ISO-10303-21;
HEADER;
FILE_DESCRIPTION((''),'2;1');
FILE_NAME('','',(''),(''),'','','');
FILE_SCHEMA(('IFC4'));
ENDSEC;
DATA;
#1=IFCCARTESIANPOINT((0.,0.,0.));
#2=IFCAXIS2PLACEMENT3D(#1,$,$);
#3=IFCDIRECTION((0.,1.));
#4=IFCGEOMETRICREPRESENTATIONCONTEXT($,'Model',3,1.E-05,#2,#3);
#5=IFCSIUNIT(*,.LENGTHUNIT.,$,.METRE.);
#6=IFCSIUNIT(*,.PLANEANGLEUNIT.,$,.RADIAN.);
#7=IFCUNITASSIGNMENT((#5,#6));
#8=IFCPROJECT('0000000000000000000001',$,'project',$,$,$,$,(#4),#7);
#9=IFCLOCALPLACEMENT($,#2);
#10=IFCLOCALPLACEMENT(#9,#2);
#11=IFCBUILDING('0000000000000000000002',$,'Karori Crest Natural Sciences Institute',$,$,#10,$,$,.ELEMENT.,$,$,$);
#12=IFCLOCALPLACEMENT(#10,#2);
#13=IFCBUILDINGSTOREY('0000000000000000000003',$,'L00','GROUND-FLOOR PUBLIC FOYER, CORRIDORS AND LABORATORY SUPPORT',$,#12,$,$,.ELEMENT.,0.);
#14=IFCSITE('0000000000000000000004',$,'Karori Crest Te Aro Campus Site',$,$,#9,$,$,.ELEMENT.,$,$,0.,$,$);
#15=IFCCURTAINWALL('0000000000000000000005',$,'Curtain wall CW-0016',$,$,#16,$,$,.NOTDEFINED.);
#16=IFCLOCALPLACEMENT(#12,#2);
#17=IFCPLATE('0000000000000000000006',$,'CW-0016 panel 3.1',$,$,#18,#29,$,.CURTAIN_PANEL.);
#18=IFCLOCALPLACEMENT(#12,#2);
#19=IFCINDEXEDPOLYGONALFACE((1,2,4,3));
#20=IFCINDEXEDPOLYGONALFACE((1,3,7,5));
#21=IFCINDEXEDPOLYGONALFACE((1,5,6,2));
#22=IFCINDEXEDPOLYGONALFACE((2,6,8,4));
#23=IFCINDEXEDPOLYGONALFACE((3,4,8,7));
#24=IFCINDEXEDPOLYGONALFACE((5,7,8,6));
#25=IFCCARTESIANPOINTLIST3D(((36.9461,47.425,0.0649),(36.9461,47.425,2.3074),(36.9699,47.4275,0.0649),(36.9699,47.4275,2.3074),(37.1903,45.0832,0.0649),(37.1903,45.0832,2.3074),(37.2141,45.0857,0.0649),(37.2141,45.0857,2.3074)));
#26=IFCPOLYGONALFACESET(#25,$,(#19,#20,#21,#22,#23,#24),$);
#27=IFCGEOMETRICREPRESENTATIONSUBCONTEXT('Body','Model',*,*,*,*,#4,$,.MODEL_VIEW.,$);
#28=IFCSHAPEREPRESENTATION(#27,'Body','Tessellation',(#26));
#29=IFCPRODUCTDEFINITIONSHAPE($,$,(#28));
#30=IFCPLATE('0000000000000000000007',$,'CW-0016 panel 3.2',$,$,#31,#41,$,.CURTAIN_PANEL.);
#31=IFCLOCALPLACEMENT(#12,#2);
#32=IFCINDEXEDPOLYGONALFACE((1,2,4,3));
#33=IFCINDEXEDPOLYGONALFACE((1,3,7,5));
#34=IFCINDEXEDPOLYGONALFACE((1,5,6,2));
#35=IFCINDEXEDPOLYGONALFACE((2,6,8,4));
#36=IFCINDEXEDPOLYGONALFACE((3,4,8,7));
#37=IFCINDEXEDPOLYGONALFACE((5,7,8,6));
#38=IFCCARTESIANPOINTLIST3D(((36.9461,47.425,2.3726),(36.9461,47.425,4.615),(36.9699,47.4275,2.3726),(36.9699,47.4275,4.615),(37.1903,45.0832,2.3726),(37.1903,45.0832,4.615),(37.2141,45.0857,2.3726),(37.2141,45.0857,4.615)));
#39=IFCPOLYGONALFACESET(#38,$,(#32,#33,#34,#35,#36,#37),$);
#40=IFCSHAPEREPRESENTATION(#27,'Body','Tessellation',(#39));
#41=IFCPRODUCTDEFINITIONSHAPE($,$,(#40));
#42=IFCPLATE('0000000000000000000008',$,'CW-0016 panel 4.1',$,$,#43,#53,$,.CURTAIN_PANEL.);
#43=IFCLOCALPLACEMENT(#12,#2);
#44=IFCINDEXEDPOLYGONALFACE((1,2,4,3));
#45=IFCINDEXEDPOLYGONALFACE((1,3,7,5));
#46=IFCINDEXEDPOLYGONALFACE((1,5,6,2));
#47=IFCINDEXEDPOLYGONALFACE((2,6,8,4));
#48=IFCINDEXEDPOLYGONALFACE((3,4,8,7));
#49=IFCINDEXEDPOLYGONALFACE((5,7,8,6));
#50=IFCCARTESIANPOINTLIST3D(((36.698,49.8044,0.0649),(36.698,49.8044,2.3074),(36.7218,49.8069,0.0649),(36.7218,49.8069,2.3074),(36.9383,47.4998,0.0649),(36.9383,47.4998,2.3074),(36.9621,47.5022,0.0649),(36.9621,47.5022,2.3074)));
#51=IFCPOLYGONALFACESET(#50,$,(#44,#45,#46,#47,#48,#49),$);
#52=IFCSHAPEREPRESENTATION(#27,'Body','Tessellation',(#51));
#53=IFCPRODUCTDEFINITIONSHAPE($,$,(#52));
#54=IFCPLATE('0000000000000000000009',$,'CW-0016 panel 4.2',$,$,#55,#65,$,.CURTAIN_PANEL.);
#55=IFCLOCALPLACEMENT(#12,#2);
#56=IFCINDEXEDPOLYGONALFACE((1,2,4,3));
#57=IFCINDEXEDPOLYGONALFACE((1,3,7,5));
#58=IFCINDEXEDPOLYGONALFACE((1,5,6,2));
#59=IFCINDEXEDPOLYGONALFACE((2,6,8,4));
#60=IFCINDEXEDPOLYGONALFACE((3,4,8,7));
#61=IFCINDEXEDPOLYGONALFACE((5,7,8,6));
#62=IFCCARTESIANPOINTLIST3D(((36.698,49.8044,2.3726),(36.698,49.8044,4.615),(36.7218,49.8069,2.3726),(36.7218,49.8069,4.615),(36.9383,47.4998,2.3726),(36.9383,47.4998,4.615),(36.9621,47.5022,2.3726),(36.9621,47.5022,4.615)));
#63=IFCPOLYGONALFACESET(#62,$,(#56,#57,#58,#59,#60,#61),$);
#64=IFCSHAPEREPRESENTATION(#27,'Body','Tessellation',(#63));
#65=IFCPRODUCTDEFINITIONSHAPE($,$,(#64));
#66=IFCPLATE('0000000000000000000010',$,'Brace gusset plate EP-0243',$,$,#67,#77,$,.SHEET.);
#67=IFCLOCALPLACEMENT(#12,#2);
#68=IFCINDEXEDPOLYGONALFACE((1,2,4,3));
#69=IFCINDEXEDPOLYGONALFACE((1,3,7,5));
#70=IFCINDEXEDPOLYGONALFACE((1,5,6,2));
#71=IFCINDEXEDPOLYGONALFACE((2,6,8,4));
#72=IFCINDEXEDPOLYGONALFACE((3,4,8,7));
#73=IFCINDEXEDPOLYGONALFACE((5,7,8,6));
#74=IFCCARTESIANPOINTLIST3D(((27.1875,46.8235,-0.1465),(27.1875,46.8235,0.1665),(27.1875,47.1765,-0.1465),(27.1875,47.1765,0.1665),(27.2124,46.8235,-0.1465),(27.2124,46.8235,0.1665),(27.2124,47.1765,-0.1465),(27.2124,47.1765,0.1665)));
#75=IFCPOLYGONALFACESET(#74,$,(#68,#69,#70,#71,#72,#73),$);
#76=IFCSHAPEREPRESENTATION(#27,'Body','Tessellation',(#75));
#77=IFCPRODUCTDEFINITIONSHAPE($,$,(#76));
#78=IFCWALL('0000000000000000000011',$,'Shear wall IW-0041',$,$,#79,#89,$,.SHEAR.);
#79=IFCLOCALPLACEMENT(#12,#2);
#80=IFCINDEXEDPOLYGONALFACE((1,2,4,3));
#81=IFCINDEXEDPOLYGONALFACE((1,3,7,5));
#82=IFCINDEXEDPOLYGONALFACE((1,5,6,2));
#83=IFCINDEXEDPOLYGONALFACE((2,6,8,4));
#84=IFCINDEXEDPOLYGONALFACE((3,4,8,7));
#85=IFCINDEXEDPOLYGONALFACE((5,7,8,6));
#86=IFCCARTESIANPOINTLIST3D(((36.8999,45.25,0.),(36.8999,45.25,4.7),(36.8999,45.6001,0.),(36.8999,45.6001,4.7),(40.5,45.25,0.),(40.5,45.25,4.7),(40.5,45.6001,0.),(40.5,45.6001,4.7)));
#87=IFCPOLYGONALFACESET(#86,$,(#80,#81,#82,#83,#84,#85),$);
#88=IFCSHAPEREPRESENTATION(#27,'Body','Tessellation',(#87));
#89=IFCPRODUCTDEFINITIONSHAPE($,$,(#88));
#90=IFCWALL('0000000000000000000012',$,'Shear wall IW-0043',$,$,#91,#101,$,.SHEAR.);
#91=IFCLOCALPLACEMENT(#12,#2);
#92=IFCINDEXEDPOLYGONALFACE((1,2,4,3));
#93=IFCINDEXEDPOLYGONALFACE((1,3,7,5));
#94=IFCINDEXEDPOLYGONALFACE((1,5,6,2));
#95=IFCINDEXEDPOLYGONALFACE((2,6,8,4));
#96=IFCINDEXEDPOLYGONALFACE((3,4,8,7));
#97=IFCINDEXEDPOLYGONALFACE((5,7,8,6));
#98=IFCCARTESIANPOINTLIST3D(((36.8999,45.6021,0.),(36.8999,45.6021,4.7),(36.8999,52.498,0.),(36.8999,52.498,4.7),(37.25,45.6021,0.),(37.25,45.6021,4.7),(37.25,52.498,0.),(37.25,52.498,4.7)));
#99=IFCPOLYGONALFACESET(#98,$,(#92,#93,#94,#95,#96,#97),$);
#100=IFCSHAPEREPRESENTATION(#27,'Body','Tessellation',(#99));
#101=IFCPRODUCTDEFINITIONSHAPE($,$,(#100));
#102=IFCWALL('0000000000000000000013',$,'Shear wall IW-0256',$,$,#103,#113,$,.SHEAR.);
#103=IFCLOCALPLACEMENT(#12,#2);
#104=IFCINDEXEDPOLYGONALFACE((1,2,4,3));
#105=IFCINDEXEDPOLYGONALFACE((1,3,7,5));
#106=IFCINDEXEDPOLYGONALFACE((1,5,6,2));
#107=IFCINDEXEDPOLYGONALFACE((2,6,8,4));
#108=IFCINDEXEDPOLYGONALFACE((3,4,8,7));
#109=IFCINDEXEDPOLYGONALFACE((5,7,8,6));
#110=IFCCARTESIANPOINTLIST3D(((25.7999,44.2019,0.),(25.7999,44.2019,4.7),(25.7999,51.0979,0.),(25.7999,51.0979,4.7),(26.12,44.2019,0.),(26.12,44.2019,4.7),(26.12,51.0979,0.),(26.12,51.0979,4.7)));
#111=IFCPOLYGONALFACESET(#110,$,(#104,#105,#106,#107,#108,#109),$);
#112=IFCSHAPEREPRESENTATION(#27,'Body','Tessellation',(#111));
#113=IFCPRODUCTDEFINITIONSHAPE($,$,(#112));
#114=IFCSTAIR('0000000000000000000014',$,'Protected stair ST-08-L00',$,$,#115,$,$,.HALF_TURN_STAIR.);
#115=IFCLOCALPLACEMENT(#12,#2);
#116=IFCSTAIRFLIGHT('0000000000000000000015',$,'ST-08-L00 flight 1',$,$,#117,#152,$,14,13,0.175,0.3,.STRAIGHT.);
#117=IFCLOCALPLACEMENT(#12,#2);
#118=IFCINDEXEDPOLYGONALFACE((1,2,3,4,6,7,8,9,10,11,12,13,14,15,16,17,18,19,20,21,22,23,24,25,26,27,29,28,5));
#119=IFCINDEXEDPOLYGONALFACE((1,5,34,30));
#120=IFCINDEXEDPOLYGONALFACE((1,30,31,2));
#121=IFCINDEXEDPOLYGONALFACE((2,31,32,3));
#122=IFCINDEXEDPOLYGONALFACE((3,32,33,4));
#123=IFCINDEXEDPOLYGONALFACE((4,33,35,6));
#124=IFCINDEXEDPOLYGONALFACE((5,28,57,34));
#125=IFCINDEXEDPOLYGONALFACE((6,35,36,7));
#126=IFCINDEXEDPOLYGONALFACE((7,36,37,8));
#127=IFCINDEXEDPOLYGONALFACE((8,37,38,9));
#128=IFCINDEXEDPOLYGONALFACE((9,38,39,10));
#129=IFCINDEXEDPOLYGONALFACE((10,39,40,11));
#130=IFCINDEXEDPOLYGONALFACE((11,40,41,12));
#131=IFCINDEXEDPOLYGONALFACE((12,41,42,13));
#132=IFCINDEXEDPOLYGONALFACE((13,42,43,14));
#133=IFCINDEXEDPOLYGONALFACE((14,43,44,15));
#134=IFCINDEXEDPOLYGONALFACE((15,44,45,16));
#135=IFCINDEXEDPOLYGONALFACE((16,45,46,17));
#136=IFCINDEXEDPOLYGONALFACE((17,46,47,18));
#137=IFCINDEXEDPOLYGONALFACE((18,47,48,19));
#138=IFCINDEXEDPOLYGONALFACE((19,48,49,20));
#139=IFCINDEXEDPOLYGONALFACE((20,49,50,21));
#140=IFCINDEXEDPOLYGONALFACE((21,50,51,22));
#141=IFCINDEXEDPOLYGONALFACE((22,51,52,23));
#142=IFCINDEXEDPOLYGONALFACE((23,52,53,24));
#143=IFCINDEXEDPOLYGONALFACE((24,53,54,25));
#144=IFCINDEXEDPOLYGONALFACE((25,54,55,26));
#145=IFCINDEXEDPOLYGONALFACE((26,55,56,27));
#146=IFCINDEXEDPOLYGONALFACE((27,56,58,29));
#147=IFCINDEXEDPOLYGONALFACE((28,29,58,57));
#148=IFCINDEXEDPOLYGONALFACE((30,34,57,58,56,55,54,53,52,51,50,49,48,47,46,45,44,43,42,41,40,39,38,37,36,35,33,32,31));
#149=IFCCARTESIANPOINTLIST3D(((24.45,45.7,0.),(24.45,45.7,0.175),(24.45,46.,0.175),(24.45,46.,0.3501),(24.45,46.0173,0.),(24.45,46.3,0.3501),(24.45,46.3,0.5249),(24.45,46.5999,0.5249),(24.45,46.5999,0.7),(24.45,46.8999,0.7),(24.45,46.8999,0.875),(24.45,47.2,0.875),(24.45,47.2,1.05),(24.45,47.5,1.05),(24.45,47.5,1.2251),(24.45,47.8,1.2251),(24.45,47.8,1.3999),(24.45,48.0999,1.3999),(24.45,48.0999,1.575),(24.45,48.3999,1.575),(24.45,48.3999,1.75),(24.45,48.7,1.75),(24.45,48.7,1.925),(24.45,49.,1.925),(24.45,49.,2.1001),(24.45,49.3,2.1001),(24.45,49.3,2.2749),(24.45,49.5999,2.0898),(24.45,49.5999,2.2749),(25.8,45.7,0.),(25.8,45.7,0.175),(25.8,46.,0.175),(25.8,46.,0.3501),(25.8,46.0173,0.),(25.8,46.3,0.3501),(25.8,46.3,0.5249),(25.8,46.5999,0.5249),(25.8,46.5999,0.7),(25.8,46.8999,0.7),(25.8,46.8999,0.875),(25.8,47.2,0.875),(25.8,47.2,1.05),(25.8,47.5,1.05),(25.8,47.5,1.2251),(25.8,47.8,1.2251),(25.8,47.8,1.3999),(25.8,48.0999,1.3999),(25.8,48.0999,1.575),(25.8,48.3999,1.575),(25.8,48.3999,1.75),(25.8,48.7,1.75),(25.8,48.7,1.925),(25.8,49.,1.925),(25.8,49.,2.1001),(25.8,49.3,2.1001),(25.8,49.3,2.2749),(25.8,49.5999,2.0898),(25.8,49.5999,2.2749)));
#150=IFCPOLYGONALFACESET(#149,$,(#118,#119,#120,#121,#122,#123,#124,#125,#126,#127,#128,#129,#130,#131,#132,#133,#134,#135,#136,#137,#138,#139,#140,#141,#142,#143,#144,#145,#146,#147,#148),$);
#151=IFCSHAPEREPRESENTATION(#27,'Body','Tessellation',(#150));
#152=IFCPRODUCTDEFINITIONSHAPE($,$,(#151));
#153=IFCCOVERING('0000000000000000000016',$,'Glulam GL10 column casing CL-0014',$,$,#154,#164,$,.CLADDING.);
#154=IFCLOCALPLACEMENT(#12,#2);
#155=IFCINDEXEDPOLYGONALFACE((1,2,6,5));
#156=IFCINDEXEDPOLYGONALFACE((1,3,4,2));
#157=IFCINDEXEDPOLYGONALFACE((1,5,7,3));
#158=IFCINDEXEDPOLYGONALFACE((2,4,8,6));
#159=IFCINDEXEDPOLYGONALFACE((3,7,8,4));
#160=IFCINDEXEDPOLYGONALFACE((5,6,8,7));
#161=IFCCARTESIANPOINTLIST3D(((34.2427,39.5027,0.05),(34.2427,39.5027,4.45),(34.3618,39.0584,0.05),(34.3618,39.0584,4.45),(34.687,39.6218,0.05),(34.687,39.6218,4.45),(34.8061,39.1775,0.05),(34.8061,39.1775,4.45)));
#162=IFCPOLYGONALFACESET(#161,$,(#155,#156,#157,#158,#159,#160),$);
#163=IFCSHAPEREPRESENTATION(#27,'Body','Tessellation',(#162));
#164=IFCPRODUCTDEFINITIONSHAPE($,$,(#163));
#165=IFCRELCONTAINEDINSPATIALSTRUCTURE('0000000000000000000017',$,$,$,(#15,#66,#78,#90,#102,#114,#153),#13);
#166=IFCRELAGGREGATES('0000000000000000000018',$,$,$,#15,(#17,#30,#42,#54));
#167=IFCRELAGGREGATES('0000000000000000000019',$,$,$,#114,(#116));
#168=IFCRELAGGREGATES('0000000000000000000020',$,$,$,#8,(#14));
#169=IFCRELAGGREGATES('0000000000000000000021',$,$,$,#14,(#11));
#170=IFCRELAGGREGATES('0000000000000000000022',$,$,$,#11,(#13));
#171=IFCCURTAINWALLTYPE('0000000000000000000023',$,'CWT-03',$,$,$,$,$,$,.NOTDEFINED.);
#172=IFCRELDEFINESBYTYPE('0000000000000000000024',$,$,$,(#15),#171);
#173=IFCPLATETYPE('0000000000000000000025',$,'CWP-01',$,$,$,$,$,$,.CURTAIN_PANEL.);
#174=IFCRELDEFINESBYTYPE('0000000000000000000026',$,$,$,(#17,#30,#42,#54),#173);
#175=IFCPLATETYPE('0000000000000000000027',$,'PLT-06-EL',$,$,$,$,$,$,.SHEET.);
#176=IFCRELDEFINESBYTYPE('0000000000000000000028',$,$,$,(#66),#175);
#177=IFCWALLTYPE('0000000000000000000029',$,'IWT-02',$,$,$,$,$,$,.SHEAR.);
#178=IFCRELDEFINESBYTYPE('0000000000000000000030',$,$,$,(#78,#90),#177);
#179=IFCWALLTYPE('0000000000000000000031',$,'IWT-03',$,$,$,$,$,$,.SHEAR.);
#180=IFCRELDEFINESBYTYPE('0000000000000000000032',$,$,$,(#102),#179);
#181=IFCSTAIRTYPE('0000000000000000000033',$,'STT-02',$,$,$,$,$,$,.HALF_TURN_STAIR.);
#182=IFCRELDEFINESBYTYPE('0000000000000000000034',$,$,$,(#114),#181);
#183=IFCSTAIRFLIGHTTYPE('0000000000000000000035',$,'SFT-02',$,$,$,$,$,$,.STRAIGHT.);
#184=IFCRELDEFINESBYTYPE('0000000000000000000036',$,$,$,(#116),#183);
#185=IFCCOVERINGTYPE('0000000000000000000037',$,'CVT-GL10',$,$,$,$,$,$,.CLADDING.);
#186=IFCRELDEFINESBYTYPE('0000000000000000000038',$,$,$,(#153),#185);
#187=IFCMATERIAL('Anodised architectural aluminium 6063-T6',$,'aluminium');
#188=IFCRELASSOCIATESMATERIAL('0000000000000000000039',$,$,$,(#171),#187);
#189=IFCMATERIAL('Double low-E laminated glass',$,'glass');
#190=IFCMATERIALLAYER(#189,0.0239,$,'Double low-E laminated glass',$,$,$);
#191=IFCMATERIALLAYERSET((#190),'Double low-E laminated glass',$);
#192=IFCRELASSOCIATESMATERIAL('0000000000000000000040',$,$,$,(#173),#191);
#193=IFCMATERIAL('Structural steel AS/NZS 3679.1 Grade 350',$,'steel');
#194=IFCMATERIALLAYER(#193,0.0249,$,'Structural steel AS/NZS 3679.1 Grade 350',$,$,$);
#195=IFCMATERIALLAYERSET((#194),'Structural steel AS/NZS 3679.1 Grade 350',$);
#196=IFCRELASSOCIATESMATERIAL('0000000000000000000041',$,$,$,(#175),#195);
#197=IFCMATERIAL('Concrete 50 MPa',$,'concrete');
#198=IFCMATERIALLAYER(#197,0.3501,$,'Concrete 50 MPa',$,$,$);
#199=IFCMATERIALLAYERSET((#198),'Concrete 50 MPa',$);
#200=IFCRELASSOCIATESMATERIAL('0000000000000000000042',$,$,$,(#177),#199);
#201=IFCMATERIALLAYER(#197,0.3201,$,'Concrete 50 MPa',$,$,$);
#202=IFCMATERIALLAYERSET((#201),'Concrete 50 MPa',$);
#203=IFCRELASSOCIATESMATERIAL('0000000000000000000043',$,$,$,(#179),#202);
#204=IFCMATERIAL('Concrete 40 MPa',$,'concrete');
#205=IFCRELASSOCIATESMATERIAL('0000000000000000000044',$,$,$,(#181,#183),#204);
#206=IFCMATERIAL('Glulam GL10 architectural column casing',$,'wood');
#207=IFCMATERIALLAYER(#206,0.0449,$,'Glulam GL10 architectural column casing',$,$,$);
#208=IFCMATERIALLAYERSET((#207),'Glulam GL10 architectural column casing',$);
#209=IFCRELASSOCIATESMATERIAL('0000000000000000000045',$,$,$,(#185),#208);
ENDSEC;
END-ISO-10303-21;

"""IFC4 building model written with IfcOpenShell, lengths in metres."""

from ifc_helpers import new_model, si_unit, direction, frame, frame_2d, origin, origin_2d, place, context, subcontext, project, spatial, polyline, rectangle, outline, extrude, material, layer, layer_set, type_object, element, aggregate, save


model = new_model("IFC4")

# Units and contexts
model_context = context("Model", 3, precision=1e-05, world=origin(), true_north=direction((0.0, 1.0)))
body_context = subcontext(model_context, "Body", "Model", "MODEL_VIEW")
ifc_project = project(units=[si_unit("LENGTHUNIT", "METRE"), si_unit("PLANEANGLEUNIT", "RADIAN")], contexts=[model_context])

# Site, building, storey
site_placement = place(None, origin())
site = spatial("IfcSite", under=ifc_project, at=site_placement, Name="Karori Crest Te Aro Campus Site", CompositionType="ELEMENT", RefElevation=0.0)
building_placement = place(site_placement, origin())
building = spatial("IfcBuilding", under=site, at=building_placement, Name="Karori Crest Natural Sciences Institute", CompositionType="ELEMENT")
storey_placement = place(building_placement, origin())
storey = spatial("IfcBuildingStorey", under=building, at=storey_placement, Name="L00", Description="GROUND-FLOOR PUBLIC FOYER, CORRIDORS AND LABORATORY SUPPORT", CompositionType="ELEMENT", Elevation=0.0)

# Shared definitions
ifc_material_1 = material(Name="Structural steel AS/NZS 3679.1 Grade 350", Category="steel")

# Curtain wall
ifc_material_2 = material(Name="Anodised architectural aluminium 6063-T6", Category="aluminium")
curtain_wall_type = type_object("IfcCurtainWallType", Name="CWT-03", PredefinedType="NOTDEFINED", material=ifc_material_2)
curtain_wall_placement = place(storey_placement, origin())
curtain_wall = element("IfcCurtainWall", 1, at=curtain_wall_placement, inside=storey, type_object=curtain_wall_type, Name="Curtain wall CW-0016", PredefinedType="NOTDEFINED")

# Plates
ifc_material_3 = material(Name="Double low-E laminated glass", Category="glass")
ifc_layer_1 = layer(ifc_material_3, 0.0239, Name="Double low-E laminated glass")
ifc_layer_set_1 = layer_set([ifc_layer_1], Name="Double low-E laminated glass")
plate_type_1 = type_object("IfcPlateType", Name="CWP-01", PredefinedType="CURTAIN_PANEL", material=ifc_layer_set_1)
plate_1_placement = place(storey_placement, frame((37.0801, 46.2554, 0.0649), z_axis=(0.0, 0.0, 1.0), x_axis=(-0.103701, 0.994608, 0.0)))
plate_1 = element("IfcPlate", 2, at=plate_1_placement, type_object=plate_type_1, Name="CW-0016 panel 3.1", PredefinedType="CURTAIN_PANEL", context=body_context, shape_type="SweptSolid", body=[
    extrude(rectangle(XDim=2.3545, YDim=0.0239, at=origin_2d()), origin(), (0.0, 0.0, 1.0), 2.2424),
])
plate_2_placement = place(storey_placement, frame((37.0801, 46.2554, 2.3726), z_axis=(0.0, 0.0, 1.0), x_axis=(-0.103701, 0.994608, 0.0)))
plate_2 = element("IfcPlate", 3, at=plate_2_placement, type_object=plate_type_1, Name="CW-0016 panel 3.2", PredefinedType="CURTAIN_PANEL", context=body_context, shape_type="SweptSolid", body=[
    extrude(rectangle(XDim=2.3545, YDim=0.0239, at=origin_2d()), origin(), (0.0, 0.0, 1.0), 2.2424),
])
plate_3_placement = place(storey_placement, frame((36.8301, 48.6533, 0.0649), z_axis=(0.0, 0.0, 1.0), x_axis=(-0.103701, 0.994608, 0.0)))
plate_3 = element("IfcPlate", 4, at=plate_3_placement, type_object=plate_type_1, Name="CW-0016 panel 4.1", PredefinedType="CURTAIN_PANEL", context=body_context, shape_type="SweptSolid", body=[
    extrude(rectangle(XDim=2.3171, YDim=0.0239, at=origin_2d()), origin(), (0.0, 0.0, 1.0), 2.2424),
])
plate_4_placement = place(storey_placement, frame((36.8301, 48.6533, 2.3726), z_axis=(0.0, 0.0, 1.0), x_axis=(-0.103701, 0.994608, 0.0)))
plate_4 = element("IfcPlate", 5, at=plate_4_placement, type_object=plate_type_1, Name="CW-0016 panel 4.2", PredefinedType="CURTAIN_PANEL", context=body_context, shape_type="SweptSolid", body=[
    extrude(rectangle(XDim=2.3171, YDim=0.0239, at=origin_2d()), origin(), (0.0, 0.0, 1.0), 2.2424),
])
aggregate(curtain_wall, [plate_1, plate_2, plate_3, plate_4])
ifc_layer_2 = layer(ifc_material_1, 0.0249, Name="Structural steel AS/NZS 3679.1 Grade 350")
ifc_layer_set_2 = layer_set([ifc_layer_2], Name="Structural steel AS/NZS 3679.1 Grade 350")
plate_type_2 = type_object("IfcPlateType", Name="PLT-06-EL", PredefinedType="SHEET", material=ifc_layer_set_2)
plate_5_placement = place(storey_placement, frame((27.2, 47.0, -0.1465), z_axis=(0.0, 0.0, 1.0), x_axis=(0.0, 1.0, 0.0)))
element("IfcPlate", 6, at=plate_5_placement, inside=storey, type_object=plate_type_2, Name="Brace gusset plate EP-0243", PredefinedType="SHEET", context=body_context, shape_type="SweptSolid", body=[
    extrude(rectangle(XDim=0.353, YDim=0.0249, at=origin_2d()), origin(), (0.0, 0.0, 1.0), 0.313),
])

# Walls
ifc_material_4 = material(Name="Concrete 50 MPa", Category="concrete")
ifc_layer_3 = layer(ifc_material_4, 0.3501, Name="Concrete 50 MPa")
ifc_layer_set_3 = layer_set([ifc_layer_3], Name="Concrete 50 MPa")
wall_type_1 = type_object("IfcWallType", Name="IWT-02", PredefinedType="SHEAR", material=ifc_layer_set_3)
wall_1_placement = place(storey_placement, frame((36.8999, 45.425, 0.0), z_axis=(0.0, 0.0, 1.0), x_axis=(1.0, 0.0, 0.0)))
element("IfcWall", 7, at=wall_1_placement, inside=storey, type_object=wall_type_1, Name="Shear wall IW-0041", PredefinedType="SHEAR", context=body_context, shape_type="SweptSolid", body=[
    extrude(rectangle(XDim=3.6001, YDim=0.3501, at=frame_2d((1.8, 0.0))), origin(), (0.0, 0.0, 1.0), 4.7),
])
wall_2_placement = place(storey_placement, frame((37.075, 45.6021, 0.0), z_axis=(0.0, 0.0, 1.0), x_axis=(0.0, 1.0, 0.0)))
element("IfcWall", 8, at=wall_2_placement, inside=storey, type_object=wall_type_1, Name="Shear wall IW-0043", PredefinedType="SHEAR", context=body_context, shape_type="SweptSolid", body=[
    extrude(rectangle(XDim=6.896, YDim=0.3501, at=frame_2d((3.448, 0.0))), origin(), (0.0, 0.0, 1.0), 4.7),
])

# Shared definitions
ifc_layer_4 = layer(ifc_material_4, 0.3201, Name="Concrete 50 MPa")
ifc_layer_set_4 = layer_set([ifc_layer_4], Name="Concrete 50 MPa")
wall_type_2 = type_object("IfcWallType", Name="IWT-03", PredefinedType="SHEAR", material=ifc_layer_set_4)

# Wall
wall_3_placement = place(storey_placement, frame((25.96, 44.2019, 0.0), z_axis=(0.0, 0.0, 1.0), x_axis=(0.0, 1.0, 0.0)))
element("IfcWall", 9, at=wall_3_placement, inside=storey, type_object=wall_type_2, Name="Shear wall IW-0256", PredefinedType="SHEAR", context=body_context, shape_type="SweptSolid", body=[
    extrude(rectangle(XDim=6.896, YDim=0.3201, at=frame_2d((3.448, 0.0))), origin(), (0.0, 0.0, 1.0), 4.7),
])

# Stair, stair flight
ifc_material_5 = material(Name="Concrete 40 MPa", Category="concrete")
stair_type = type_object("IfcStairType", Name="STT-02", PredefinedType="HALF_TURN_STAIR", material=ifc_material_5)
stair_placement = place(storey_placement, origin())
stair = element("IfcStair", 10, at=stair_placement, inside=storey, type_object=stair_type, Name="Protected stair ST-08-L00", PredefinedType="HALF_TURN_STAIR")
stair_flight_type = type_object("IfcStairFlightType", Name="SFT-02", PredefinedType="STRAIGHT", material=ifc_material_5)
stair_flight_placement = place(storey_placement, frame((25.125, 45.7, 0.0), z_axis=(0.0, 0.0, 1.0), x_axis=(0.0, 1.0, 0.0)))
stair_flight = element("IfcStairFlight", 11, at=stair_flight_placement, type_object=stair_flight_type, Name="ST-08-L00 flight 1", NumberOfRisers=14, NumberOfTreads=13, PredefinedType="STRAIGHT", RiserHeight=0.175, TreadLength=0.3, context=body_context, shape_type="SweptSolid", body=[
    extrude(outline(polyline([(0.0, 0.0), (0.0, 0.175), (0.3, 0.175), (0.3, 0.3501), (0.6001, 0.3501), (0.6001, 0.5249), (0.8999, 0.5249), (0.8999, 0.7), (1.2, 0.7), (1.2, 0.875), (1.5, 0.875), (1.5, 1.05), (1.8, 1.05), (1.8, 1.2251), (2.1001, 1.2251), (2.1001, 1.3999), (2.3999, 1.3999), (2.3999, 1.575), (2.7, 1.575), (2.7, 1.75), (3.0, 1.75), (3.0, 1.925), (3.3, 1.925), (3.3, 2.1001), (3.6001, 2.1001), (3.6001, 2.2749), (3.8999, 2.2749), (3.8999, 2.45), (3.8999, 2.0898), (0.3174, 0.0), (0.0, 0.0)])), frame((0.0, 0.675, 0.0), z_axis=(0.0, -1.0, 0.0), x_axis=(1.0, 0.0, 0.0)), (0.0, 0.0, 1.0), 1.3501),
])
aggregate(stair, [stair_flight])

# Covering
ifc_material_6 = material(Name="Glulam GL10 architectural column casing", Category="wood")
ifc_layer_5 = layer(ifc_material_6, 0.0449, Name="Glulam GL10 architectural column casing")
ifc_layer_set_5 = layer_set([ifc_layer_5], Name="Glulam GL10 architectural column casing")
covering_type = type_object("IfcCoveringType", Name="CVT-GL10", PredefinedType="CLADDING", material=ifc_layer_set_5)
covering_placement = place(storey_placement, frame((34.5244, 39.3401, 0.05), z_axis=(0.0, 0.0, 1.0), x_axis=(-0.965926, -0.258819, 0.0)))
element("IfcCovering", 12, at=covering_placement, inside=storey, type_object=covering_type, Name="Glulam GL10 column casing CL-0014", PredefinedType="CLADDING", context=body_context, shape_type="SweptSolid", body=[
    extrude(rectangle(XDim=0.46, YDim=0.46, at=origin_2d()), origin(), (0.0, 0.0, 1.0), 4.3999),
])

save(model, "model.ifc")
